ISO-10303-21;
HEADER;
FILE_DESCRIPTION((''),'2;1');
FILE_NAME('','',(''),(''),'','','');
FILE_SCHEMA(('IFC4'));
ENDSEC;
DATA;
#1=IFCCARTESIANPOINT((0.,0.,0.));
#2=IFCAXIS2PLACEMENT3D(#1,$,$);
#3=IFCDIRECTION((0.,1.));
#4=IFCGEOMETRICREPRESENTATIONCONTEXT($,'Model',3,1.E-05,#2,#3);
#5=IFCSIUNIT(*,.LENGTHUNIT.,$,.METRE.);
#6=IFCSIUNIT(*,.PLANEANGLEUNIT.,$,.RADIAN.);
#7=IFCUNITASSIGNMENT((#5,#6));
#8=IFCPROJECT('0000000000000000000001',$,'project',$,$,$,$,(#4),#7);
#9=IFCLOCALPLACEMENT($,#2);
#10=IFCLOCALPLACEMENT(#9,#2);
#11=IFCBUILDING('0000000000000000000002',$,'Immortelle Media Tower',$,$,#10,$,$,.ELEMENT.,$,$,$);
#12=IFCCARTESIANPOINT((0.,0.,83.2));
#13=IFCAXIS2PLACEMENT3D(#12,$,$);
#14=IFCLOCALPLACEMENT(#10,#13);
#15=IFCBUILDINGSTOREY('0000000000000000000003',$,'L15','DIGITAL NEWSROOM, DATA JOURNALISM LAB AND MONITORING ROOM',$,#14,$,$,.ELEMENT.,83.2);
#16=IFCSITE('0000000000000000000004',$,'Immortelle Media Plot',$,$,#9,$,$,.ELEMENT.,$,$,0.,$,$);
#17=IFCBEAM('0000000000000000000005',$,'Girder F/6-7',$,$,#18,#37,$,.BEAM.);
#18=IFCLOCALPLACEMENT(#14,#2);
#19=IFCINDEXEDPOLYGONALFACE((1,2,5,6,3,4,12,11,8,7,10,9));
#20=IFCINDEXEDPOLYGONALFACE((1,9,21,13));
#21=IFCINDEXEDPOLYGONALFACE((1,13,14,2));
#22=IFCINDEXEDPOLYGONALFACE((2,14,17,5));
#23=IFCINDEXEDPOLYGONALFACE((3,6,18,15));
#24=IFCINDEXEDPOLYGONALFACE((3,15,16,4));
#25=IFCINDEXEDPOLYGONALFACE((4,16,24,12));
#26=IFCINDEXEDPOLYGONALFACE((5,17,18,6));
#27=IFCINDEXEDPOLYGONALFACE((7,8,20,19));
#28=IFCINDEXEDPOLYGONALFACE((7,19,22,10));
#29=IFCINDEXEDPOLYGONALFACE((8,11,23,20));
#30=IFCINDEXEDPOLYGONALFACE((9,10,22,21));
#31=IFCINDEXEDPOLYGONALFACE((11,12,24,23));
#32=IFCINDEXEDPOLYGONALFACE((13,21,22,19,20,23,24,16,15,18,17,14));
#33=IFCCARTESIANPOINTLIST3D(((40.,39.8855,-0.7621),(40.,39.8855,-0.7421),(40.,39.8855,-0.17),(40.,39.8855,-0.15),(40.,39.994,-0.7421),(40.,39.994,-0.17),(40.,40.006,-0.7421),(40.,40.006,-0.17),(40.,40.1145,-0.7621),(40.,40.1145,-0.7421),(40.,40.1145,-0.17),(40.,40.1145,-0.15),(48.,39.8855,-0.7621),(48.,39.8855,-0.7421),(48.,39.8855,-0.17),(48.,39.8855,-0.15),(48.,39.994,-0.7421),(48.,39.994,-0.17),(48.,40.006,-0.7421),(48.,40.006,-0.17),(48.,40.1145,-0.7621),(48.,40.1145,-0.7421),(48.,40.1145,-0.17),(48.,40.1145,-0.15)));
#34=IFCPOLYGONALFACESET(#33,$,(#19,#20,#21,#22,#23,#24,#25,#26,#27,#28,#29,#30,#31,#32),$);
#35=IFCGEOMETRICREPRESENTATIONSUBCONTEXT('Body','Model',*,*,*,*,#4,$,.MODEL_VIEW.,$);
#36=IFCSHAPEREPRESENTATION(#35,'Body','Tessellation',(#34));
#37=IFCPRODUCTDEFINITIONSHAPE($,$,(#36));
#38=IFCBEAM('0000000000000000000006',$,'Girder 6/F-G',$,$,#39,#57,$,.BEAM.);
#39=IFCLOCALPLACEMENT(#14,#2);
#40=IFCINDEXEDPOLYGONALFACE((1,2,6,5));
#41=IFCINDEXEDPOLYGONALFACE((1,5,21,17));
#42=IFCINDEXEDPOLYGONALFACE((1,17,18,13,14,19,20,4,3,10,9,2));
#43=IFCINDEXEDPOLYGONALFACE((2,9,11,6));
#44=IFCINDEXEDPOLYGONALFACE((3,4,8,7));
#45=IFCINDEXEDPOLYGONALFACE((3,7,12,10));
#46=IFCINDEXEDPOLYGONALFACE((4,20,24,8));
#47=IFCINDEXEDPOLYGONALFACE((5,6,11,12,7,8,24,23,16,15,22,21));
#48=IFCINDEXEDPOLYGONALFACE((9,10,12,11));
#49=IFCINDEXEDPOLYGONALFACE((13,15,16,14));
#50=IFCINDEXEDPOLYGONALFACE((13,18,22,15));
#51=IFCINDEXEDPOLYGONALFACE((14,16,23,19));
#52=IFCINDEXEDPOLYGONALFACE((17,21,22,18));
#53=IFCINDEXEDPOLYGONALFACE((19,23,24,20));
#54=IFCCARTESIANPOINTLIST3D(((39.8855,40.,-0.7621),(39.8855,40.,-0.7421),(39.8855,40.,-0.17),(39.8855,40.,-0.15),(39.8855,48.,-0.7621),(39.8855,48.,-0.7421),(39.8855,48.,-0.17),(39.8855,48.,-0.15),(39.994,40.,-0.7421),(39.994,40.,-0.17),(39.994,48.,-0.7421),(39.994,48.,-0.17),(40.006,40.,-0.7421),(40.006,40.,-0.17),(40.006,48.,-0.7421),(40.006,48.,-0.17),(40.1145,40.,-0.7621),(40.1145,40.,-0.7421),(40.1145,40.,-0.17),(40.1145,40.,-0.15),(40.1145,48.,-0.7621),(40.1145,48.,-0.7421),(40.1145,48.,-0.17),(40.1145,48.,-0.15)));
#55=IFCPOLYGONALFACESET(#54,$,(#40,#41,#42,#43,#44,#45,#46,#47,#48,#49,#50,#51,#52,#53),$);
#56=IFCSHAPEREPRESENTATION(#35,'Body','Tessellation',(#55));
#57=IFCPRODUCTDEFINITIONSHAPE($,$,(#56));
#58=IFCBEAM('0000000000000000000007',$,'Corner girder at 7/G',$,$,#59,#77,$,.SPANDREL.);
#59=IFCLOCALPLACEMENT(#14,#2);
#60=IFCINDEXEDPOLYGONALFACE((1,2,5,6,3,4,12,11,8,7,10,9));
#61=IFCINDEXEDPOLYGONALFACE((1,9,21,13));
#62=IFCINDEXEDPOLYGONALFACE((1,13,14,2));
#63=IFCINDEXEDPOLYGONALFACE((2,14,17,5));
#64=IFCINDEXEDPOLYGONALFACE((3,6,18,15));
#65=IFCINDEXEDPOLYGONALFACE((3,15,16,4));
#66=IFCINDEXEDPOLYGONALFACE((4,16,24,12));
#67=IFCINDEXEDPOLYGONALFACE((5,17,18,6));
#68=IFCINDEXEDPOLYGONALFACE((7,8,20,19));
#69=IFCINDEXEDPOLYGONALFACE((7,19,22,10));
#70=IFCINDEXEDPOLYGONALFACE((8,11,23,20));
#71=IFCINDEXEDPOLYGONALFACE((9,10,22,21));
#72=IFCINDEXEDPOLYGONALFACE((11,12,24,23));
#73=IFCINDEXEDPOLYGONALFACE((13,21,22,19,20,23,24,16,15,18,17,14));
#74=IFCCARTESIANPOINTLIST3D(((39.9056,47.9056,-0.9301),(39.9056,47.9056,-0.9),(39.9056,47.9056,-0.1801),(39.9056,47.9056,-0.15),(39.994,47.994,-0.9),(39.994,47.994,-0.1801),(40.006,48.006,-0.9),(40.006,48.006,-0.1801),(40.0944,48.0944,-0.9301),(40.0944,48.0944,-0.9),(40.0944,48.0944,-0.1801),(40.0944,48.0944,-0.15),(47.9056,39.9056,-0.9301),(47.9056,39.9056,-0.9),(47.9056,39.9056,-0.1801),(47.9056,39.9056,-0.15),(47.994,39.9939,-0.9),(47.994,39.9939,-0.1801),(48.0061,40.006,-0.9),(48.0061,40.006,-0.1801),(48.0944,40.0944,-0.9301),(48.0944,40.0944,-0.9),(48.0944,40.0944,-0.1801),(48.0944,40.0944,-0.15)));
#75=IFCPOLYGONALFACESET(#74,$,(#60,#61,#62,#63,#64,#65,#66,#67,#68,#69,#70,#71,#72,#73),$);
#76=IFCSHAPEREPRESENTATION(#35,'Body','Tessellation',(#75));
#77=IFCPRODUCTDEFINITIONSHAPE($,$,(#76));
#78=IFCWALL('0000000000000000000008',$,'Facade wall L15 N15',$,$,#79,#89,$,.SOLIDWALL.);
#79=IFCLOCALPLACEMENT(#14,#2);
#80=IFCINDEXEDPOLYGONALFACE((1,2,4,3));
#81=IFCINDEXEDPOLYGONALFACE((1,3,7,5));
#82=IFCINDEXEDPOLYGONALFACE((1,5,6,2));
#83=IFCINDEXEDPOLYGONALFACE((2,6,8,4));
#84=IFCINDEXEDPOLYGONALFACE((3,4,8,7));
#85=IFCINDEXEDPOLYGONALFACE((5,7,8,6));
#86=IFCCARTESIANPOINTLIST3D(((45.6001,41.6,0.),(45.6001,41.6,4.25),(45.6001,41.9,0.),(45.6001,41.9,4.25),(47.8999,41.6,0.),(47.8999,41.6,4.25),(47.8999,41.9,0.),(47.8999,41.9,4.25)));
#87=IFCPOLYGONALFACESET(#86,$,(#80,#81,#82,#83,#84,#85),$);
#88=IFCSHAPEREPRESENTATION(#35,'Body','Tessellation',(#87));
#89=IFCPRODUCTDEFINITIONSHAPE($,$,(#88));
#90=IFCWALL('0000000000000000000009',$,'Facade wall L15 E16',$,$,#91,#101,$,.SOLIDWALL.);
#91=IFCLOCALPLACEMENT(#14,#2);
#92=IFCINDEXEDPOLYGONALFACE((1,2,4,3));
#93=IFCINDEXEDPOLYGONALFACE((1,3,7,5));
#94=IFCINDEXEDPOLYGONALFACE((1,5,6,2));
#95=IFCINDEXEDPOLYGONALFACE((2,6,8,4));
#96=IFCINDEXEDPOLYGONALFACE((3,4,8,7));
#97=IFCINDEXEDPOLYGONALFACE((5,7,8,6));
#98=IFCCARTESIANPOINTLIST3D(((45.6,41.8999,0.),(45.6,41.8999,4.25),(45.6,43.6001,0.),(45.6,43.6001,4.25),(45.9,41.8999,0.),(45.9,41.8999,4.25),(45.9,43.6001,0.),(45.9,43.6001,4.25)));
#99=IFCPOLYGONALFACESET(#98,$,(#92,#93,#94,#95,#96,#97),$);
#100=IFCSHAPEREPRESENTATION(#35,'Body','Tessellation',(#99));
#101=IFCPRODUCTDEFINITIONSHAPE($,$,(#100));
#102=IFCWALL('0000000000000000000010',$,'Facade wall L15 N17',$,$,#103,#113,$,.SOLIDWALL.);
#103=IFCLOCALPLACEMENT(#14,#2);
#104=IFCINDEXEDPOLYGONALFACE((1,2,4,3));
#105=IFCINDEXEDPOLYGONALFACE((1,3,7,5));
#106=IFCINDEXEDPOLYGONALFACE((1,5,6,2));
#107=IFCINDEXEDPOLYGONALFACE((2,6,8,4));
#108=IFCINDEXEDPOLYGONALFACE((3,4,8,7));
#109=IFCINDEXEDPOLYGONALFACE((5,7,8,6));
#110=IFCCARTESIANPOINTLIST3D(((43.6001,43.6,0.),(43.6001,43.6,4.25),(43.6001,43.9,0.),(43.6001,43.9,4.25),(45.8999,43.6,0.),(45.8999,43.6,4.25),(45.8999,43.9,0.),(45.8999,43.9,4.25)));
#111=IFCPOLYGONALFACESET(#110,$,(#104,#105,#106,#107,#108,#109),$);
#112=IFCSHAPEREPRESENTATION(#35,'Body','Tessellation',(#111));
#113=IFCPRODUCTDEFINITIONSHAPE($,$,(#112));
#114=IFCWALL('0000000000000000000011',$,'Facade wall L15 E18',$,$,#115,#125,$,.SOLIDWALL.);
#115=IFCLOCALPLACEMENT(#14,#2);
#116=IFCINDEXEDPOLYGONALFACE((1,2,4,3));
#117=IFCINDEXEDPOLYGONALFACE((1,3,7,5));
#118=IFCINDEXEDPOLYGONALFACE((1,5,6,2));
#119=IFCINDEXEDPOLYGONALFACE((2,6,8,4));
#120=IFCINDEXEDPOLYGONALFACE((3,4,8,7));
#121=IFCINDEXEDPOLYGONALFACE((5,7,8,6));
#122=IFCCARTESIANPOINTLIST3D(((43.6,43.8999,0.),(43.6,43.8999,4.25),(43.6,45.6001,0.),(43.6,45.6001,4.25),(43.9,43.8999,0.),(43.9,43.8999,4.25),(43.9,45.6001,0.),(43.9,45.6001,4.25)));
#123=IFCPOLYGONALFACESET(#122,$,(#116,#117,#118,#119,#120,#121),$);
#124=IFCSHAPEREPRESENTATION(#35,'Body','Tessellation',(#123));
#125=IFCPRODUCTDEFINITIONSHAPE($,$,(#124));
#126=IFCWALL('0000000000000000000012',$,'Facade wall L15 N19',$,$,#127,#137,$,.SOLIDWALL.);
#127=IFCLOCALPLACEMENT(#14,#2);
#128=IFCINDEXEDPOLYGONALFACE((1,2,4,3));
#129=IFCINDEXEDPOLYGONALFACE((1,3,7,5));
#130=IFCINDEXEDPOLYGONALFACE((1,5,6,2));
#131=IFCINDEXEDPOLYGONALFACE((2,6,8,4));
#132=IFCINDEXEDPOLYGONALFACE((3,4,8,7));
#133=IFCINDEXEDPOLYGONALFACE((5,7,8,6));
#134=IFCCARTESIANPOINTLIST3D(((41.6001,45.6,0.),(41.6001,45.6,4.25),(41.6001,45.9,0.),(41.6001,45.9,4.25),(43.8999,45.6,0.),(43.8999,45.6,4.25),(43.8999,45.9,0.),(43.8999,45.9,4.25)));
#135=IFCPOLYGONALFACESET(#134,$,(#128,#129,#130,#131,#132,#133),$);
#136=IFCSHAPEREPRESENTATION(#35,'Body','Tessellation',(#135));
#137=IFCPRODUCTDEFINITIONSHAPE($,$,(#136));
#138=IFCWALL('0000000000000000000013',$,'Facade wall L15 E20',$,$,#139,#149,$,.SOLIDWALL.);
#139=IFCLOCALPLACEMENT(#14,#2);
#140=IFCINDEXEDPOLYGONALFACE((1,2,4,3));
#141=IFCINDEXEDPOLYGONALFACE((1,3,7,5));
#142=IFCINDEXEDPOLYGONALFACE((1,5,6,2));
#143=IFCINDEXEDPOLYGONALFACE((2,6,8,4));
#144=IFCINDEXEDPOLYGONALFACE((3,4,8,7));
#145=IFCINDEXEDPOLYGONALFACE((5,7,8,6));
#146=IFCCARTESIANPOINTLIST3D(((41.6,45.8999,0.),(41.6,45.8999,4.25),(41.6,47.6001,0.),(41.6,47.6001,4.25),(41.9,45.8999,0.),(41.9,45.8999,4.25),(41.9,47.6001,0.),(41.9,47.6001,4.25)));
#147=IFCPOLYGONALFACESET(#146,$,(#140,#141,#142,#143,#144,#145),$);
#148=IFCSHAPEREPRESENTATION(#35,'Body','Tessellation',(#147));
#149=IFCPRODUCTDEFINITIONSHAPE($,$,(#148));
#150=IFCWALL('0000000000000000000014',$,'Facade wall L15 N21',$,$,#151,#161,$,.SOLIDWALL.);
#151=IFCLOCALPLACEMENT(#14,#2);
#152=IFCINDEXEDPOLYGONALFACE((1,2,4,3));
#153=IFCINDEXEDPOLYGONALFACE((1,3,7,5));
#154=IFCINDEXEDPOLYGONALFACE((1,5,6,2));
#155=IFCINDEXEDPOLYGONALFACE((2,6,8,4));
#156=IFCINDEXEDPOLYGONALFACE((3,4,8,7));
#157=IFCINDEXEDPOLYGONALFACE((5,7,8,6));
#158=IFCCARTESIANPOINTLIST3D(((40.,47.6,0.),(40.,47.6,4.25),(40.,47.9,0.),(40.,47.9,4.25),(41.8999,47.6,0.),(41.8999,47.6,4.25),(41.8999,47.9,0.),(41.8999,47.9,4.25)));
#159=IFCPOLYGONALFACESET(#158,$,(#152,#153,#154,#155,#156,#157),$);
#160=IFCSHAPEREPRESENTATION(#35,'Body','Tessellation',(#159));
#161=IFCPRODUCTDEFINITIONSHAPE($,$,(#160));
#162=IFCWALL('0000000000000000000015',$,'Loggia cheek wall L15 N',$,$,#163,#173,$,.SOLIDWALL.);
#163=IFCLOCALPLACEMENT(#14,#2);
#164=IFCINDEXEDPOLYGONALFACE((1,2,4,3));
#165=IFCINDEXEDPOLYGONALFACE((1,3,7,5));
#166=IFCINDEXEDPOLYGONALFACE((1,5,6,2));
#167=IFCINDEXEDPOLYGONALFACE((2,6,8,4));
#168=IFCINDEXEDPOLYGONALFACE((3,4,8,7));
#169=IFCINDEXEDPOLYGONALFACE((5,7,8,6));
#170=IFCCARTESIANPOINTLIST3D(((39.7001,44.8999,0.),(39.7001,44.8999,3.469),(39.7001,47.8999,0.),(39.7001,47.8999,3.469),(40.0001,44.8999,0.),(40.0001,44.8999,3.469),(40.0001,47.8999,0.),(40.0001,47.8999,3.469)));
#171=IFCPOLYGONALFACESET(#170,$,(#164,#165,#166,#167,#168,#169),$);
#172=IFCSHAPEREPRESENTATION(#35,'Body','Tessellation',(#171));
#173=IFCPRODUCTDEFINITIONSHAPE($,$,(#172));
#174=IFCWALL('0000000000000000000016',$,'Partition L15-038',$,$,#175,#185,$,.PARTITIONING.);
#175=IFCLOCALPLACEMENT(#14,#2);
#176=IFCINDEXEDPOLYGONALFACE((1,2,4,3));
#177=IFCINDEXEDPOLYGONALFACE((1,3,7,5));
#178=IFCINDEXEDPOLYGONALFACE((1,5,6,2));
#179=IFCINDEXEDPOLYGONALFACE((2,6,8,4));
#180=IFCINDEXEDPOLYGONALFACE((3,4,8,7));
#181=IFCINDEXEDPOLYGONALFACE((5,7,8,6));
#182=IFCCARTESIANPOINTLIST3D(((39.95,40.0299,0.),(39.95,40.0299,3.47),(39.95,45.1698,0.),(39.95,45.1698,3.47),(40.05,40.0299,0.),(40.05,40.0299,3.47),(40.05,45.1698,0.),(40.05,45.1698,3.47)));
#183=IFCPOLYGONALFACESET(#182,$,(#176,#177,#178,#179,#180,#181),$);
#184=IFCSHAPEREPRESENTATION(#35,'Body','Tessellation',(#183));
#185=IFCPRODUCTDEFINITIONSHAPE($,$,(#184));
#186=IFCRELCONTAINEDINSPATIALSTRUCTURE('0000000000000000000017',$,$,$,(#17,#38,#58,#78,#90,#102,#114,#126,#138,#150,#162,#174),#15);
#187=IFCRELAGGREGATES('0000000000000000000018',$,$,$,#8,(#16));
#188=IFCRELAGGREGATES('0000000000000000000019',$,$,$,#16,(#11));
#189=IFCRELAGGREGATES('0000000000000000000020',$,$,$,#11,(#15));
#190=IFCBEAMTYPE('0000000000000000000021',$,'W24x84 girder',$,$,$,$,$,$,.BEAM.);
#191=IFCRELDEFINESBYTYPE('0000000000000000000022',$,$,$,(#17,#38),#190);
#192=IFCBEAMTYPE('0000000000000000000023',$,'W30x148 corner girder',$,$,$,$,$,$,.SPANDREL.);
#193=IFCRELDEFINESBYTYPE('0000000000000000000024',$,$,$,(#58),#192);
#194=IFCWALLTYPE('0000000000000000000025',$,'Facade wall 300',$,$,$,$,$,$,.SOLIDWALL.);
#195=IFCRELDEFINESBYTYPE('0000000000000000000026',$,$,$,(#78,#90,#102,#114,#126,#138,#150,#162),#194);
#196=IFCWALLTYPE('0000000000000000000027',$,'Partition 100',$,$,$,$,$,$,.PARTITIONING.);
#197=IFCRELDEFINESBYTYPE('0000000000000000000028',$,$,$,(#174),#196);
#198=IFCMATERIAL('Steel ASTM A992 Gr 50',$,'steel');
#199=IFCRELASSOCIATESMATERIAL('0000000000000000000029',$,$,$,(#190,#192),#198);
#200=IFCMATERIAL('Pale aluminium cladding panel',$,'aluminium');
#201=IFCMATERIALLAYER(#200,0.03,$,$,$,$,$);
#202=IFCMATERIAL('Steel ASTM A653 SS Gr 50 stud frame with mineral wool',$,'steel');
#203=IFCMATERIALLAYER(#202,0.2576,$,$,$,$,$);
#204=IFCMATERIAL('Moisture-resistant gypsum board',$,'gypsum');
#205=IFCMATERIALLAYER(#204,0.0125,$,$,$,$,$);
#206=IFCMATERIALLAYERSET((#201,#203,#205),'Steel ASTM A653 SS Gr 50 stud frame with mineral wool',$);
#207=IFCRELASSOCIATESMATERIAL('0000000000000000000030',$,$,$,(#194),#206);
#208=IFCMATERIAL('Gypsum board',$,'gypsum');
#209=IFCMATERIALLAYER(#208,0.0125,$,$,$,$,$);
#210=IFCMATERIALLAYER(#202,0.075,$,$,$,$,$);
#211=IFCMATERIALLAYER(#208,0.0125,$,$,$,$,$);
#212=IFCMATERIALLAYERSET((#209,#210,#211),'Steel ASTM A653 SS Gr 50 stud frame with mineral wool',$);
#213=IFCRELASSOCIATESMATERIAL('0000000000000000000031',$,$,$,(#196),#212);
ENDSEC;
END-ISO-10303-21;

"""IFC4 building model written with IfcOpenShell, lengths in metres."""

from ifc_helpers import new_model, si_unit, direction, frame, frame_2d, origin, origin_2d, place, context, subcontext, project, spatial, rectangle, i_section, extrude, material, layer, layer_set, material_profile, profile_set, type_object, element, save


model = new_model("IFC4")

# Units and contexts
model_context = context("Model", 3, precision=1e-05, world=origin(), true_north=direction((0.0, 1.0)))
body_context = subcontext(model_context, "Body", "Model", "MODEL_VIEW")
ifc_project = project(units=[si_unit("LENGTHUNIT", "METRE"), si_unit("PLANEANGLEUNIT", "RADIAN")], contexts=[model_context])

# Site, building, storey
site_placement = place(None, origin())
site = spatial("IfcSite", under=ifc_project, at=site_placement, Name="Immortelle Media Plot", CompositionType="ELEMENT", RefElevation=0.0)
building_placement = place(site_placement, origin())
building = spatial("IfcBuilding", under=site, at=building_placement, Name="Immortelle Media Tower", CompositionType="ELEMENT")
storey_placement = place(building_placement, frame((0.0, 0.0, 83.2)))
storey = spatial("IfcBuildingStorey", under=building, at=storey_placement, Name="L15", Description="DIGITAL NEWSROOM, DATA JOURNALISM LAB AND MONITORING ROOM", CompositionType="ELEMENT", Elevation=83.2)

# Shared definitions
ifc_material_1 = material(Name="Steel ASTM A992 Gr 50", Category="steel")

# Beams
ifc_material_profile_1 = material_profile(ifc_material_1, i_section(OverallWidth=0.229, OverallDepth=0.6121, WebThickness=0.012, FlangeThickness=0.02, at=origin_2d()), Name="W24x84")
ifc_profile_set_1 = profile_set([ifc_material_profile_1], Name="Steel ASTM A992 Gr 50")
beam_type_1 = type_object("IfcBeamType", Name="W24x84 girder", PredefinedType="BEAM", material=ifc_profile_set_1)
for number, where, z_axis, x_axis, name in (
    (1, (40.0, 40.0, -0.4561), (1.0, 0.0, 0.0), (0.0, 1.0, 0.0), "Girder F/6-7"),
    (2, (40.0, 40.0, -0.4561), (0.0, 1.0, 0.0), (-1.0, 0.0, 0.0), "Girder 6/F-G"),
):
    element("IfcBeam", number, at=place(storey_placement, frame(where, z_axis=z_axis, x_axis=x_axis)), inside=storey, type_object=beam_type_1, Name=name, PredefinedType="BEAM", context=body_context, shape_type="SweptSolid", body=[
        extrude(i_section(OverallWidth=0.229, OverallDepth=0.6121, WebThickness=0.012, FlangeThickness=0.02, at=origin_2d()), origin(), (0.0, 0.0, 1.0), 8.0),
    ])
ifc_material_profile_2 = material_profile(ifc_material_1, i_section(OverallWidth=0.2671, OverallDepth=0.78, WebThickness=0.0171, FlangeThickness=0.03, at=origin_2d()), Name="W30x148")
ifc_profile_set_2 = profile_set([ifc_material_profile_2], Name="Steel ASTM A992 Gr 50")
beam_type_2 = type_object("IfcBeamType", Name="W30x148 corner girder", PredefinedType="SPANDREL", material=ifc_profile_set_2)
beam_1_placement = place(storey_placement, frame((40.0, 48.0, -0.54), z_axis=(0.707107, -0.707107, 0.0), x_axis=(0.707107, 0.707107, 0.0)))
element("IfcBeam", 3, at=beam_1_placement, inside=storey, type_object=beam_type_2, Name="Corner girder at 7/G", PredefinedType="SPANDREL", context=body_context, shape_type="SweptSolid", body=[
    extrude(i_section(OverallWidth=0.2671, OverallDepth=0.78, WebThickness=0.0171, FlangeThickness=0.03, at=origin_2d()), origin(), (0.0, 0.0, 1.0), 11.3137),
])

# Walls
ifc_material_2 = material(Name="Pale aluminium cladding panel", Category="aluminium")
ifc_layer_1 = layer(ifc_material_2, 0.03)
ifc_material_3 = material(Name="Steel ASTM A653 SS Gr 50 stud frame with mineral wool", Category="steel")
ifc_layer_2 = layer(ifc_material_3, 0.2576)
ifc_material_4 = material(Name="Moisture-resistant gypsum board", Category="gypsum")
ifc_layer_3 = layer(ifc_material_4, 0.0125)
ifc_layer_set_1 = layer_set([ifc_layer_1, ifc_layer_2, ifc_layer_3], Name="Steel ASTM A653 SS Gr 50 stud frame with mineral wool")
wall_type_1 = type_object("IfcWallType", Name="Facade wall 300", PredefinedType="SOLIDWALL", material=ifc_layer_set_1)
wall_1_placement = place(storey_placement, frame((47.8999, 41.75, 0.0), z_axis=(0.0, 0.0, 1.0), x_axis=(-1.0, 0.0, 0.0)))
element("IfcWall", 4, at=wall_1_placement, inside=storey, type_object=wall_type_1, Name="Facade wall L15 N15", PredefinedType="SOLIDWALL", context=body_context, shape_type="SweptSolid", body=[
    extrude(rectangle(XDim=2.2998, YDim=0.3, at=frame_2d((1.1499, 0.0))), origin(), (0.0, 0.0, 1.0), 4.25),
])
wall_2_placement = place(storey_placement, frame((45.75, 41.8999, 0.0), z_axis=(0.0, 0.0, 1.0), x_axis=(0.0, 1.0, 0.0)))
element("IfcWall", 5, at=wall_2_placement, inside=storey, type_object=wall_type_1, Name="Facade wall L15 E16", PredefinedType="SOLIDWALL", context=body_context, shape_type="SweptSolid", body=[
    extrude(rectangle(XDim=1.7002, YDim=0.3, at=frame_2d((0.8501, 0.0))), origin(), (0.0, 0.0, 1.0), 4.25),
])
wall_3_placement = place(storey_placement, frame((45.8999, 43.75, 0.0), z_axis=(0.0, 0.0, 1.0), x_axis=(-1.0, 0.0, 0.0)))
element("IfcWall", 6, at=wall_3_placement, inside=storey, type_object=wall_type_1, Name="Facade wall L15 N17", PredefinedType="SOLIDWALL", context=body_context, shape_type="SweptSolid", body=[
    extrude(rectangle(XDim=2.2998, YDim=0.3, at=frame_2d((1.1499, 0.0))), origin(), (0.0, 0.0, 1.0), 4.25),
])
wall_4_placement = place(storey_placement, frame((43.75, 43.8999, 0.0), z_axis=(0.0, 0.0, 1.0), x_axis=(0.0, 1.0, 0.0)))
element("IfcWall", 7, at=wall_4_placement, inside=storey, type_object=wall_type_1, Name="Facade wall L15 E18", PredefinedType="SOLIDWALL", context=body_context, shape_type="SweptSolid", body=[
    extrude(rectangle(XDim=1.7002, YDim=0.3, at=frame_2d((0.8501, 0.0))), origin(), (0.0, 0.0, 1.0), 4.25),
])
wall_5_placement = place(storey_placement, frame((43.8999, 45.75, 0.0), z_axis=(0.0, 0.0, 1.0), x_axis=(-1.0, 0.0, 0.0)))
element("IfcWall", 8, at=wall_5_placement, inside=storey, type_object=wall_type_1, Name="Facade wall L15 N19", PredefinedType="SOLIDWALL", context=body_context, shape_type="SweptSolid", body=[
    extrude(rectangle(XDim=2.2998, YDim=0.3, at=frame_2d((1.1499, 0.0))), origin(), (0.0, 0.0, 1.0), 4.25),
])
wall_6_placement = place(storey_placement, frame((41.75, 45.8999, 0.0), z_axis=(0.0, 0.0, 1.0), x_axis=(0.0, 1.0, 0.0)))
element("IfcWall", 9, at=wall_6_placement, inside=storey, type_object=wall_type_1, Name="Facade wall L15 E20", PredefinedType="SOLIDWALL", context=body_context, shape_type="SweptSolid", body=[
    extrude(rectangle(XDim=1.7002, YDim=0.3, at=frame_2d((0.8501, 0.0))), origin(), (0.0, 0.0, 1.0), 4.25),
])
wall_7_placement = place(storey_placement, frame((41.8999, 47.75, 0.0), z_axis=(0.0, 0.0, 1.0), x_axis=(-1.0, 0.0, 0.0)))
element("IfcWall", 10, at=wall_7_placement, inside=storey, type_object=wall_type_1, Name="Facade wall L15 N21", PredefinedType="SOLIDWALL", context=body_context, shape_type="SweptSolid", body=[
    extrude(rectangle(XDim=1.8999, YDim=0.3, at=frame_2d((0.95, 0.0))), origin(), (0.0, 0.0, 1.0), 4.25),
])

# Walls
wall_8_placement = place(storey_placement, frame((39.8501, 47.8999, 0.0), z_axis=(0.0, 0.0, 1.0), x_axis=(0.0, -1.0, 0.0)))
element("IfcWall", 11, at=wall_8_placement, inside=storey, type_object=wall_type_1, Name="Loggia cheek wall L15 N", PredefinedType="SOLIDWALL", context=body_context, shape_type="SweptSolid", body=[
    extrude(rectangle(XDim=3.0, YDim=0.3, at=frame_2d((1.5, 0.0))), origin(), (0.0, 0.0, 1.0), 3.469),
])
ifc_material_5 = material(Name="Gypsum board", Category="gypsum")
ifc_layer_4 = layer(ifc_material_5, 0.0125)
ifc_layer_5 = layer(ifc_material_3, 0.075)
ifc_layer_6 = layer(ifc_material_5, 0.0125)
ifc_layer_set_2 = layer_set([ifc_layer_4, ifc_layer_5, ifc_layer_6], Name="Steel ASTM A653 SS Gr 50 stud frame with mineral wool")
wall_type_2 = type_object("IfcWallType", Name="Partition 100", PredefinedType="PARTITIONING", material=ifc_layer_set_2)
wall_9_placement = place(storey_placement, frame((40.0, 40.03, 0.0), z_axis=(0.0, 0.0, 1.0), x_axis=(0.0, 1.0, 0.0)))
element("IfcWall", 12, at=wall_9_placement, inside=storey, type_object=wall_type_2, Name="Partition L15-038", PredefinedType="PARTITIONING", context=body_context, shape_type="SweptSolid", body=[
    extrude(rectangle(XDim=5.1399, YDim=0.1001, at=frame_2d((2.5698, 0.0))), origin(), (0.0, 0.0, 1.0), 3.47),
])

save(model, "model.ifc")
